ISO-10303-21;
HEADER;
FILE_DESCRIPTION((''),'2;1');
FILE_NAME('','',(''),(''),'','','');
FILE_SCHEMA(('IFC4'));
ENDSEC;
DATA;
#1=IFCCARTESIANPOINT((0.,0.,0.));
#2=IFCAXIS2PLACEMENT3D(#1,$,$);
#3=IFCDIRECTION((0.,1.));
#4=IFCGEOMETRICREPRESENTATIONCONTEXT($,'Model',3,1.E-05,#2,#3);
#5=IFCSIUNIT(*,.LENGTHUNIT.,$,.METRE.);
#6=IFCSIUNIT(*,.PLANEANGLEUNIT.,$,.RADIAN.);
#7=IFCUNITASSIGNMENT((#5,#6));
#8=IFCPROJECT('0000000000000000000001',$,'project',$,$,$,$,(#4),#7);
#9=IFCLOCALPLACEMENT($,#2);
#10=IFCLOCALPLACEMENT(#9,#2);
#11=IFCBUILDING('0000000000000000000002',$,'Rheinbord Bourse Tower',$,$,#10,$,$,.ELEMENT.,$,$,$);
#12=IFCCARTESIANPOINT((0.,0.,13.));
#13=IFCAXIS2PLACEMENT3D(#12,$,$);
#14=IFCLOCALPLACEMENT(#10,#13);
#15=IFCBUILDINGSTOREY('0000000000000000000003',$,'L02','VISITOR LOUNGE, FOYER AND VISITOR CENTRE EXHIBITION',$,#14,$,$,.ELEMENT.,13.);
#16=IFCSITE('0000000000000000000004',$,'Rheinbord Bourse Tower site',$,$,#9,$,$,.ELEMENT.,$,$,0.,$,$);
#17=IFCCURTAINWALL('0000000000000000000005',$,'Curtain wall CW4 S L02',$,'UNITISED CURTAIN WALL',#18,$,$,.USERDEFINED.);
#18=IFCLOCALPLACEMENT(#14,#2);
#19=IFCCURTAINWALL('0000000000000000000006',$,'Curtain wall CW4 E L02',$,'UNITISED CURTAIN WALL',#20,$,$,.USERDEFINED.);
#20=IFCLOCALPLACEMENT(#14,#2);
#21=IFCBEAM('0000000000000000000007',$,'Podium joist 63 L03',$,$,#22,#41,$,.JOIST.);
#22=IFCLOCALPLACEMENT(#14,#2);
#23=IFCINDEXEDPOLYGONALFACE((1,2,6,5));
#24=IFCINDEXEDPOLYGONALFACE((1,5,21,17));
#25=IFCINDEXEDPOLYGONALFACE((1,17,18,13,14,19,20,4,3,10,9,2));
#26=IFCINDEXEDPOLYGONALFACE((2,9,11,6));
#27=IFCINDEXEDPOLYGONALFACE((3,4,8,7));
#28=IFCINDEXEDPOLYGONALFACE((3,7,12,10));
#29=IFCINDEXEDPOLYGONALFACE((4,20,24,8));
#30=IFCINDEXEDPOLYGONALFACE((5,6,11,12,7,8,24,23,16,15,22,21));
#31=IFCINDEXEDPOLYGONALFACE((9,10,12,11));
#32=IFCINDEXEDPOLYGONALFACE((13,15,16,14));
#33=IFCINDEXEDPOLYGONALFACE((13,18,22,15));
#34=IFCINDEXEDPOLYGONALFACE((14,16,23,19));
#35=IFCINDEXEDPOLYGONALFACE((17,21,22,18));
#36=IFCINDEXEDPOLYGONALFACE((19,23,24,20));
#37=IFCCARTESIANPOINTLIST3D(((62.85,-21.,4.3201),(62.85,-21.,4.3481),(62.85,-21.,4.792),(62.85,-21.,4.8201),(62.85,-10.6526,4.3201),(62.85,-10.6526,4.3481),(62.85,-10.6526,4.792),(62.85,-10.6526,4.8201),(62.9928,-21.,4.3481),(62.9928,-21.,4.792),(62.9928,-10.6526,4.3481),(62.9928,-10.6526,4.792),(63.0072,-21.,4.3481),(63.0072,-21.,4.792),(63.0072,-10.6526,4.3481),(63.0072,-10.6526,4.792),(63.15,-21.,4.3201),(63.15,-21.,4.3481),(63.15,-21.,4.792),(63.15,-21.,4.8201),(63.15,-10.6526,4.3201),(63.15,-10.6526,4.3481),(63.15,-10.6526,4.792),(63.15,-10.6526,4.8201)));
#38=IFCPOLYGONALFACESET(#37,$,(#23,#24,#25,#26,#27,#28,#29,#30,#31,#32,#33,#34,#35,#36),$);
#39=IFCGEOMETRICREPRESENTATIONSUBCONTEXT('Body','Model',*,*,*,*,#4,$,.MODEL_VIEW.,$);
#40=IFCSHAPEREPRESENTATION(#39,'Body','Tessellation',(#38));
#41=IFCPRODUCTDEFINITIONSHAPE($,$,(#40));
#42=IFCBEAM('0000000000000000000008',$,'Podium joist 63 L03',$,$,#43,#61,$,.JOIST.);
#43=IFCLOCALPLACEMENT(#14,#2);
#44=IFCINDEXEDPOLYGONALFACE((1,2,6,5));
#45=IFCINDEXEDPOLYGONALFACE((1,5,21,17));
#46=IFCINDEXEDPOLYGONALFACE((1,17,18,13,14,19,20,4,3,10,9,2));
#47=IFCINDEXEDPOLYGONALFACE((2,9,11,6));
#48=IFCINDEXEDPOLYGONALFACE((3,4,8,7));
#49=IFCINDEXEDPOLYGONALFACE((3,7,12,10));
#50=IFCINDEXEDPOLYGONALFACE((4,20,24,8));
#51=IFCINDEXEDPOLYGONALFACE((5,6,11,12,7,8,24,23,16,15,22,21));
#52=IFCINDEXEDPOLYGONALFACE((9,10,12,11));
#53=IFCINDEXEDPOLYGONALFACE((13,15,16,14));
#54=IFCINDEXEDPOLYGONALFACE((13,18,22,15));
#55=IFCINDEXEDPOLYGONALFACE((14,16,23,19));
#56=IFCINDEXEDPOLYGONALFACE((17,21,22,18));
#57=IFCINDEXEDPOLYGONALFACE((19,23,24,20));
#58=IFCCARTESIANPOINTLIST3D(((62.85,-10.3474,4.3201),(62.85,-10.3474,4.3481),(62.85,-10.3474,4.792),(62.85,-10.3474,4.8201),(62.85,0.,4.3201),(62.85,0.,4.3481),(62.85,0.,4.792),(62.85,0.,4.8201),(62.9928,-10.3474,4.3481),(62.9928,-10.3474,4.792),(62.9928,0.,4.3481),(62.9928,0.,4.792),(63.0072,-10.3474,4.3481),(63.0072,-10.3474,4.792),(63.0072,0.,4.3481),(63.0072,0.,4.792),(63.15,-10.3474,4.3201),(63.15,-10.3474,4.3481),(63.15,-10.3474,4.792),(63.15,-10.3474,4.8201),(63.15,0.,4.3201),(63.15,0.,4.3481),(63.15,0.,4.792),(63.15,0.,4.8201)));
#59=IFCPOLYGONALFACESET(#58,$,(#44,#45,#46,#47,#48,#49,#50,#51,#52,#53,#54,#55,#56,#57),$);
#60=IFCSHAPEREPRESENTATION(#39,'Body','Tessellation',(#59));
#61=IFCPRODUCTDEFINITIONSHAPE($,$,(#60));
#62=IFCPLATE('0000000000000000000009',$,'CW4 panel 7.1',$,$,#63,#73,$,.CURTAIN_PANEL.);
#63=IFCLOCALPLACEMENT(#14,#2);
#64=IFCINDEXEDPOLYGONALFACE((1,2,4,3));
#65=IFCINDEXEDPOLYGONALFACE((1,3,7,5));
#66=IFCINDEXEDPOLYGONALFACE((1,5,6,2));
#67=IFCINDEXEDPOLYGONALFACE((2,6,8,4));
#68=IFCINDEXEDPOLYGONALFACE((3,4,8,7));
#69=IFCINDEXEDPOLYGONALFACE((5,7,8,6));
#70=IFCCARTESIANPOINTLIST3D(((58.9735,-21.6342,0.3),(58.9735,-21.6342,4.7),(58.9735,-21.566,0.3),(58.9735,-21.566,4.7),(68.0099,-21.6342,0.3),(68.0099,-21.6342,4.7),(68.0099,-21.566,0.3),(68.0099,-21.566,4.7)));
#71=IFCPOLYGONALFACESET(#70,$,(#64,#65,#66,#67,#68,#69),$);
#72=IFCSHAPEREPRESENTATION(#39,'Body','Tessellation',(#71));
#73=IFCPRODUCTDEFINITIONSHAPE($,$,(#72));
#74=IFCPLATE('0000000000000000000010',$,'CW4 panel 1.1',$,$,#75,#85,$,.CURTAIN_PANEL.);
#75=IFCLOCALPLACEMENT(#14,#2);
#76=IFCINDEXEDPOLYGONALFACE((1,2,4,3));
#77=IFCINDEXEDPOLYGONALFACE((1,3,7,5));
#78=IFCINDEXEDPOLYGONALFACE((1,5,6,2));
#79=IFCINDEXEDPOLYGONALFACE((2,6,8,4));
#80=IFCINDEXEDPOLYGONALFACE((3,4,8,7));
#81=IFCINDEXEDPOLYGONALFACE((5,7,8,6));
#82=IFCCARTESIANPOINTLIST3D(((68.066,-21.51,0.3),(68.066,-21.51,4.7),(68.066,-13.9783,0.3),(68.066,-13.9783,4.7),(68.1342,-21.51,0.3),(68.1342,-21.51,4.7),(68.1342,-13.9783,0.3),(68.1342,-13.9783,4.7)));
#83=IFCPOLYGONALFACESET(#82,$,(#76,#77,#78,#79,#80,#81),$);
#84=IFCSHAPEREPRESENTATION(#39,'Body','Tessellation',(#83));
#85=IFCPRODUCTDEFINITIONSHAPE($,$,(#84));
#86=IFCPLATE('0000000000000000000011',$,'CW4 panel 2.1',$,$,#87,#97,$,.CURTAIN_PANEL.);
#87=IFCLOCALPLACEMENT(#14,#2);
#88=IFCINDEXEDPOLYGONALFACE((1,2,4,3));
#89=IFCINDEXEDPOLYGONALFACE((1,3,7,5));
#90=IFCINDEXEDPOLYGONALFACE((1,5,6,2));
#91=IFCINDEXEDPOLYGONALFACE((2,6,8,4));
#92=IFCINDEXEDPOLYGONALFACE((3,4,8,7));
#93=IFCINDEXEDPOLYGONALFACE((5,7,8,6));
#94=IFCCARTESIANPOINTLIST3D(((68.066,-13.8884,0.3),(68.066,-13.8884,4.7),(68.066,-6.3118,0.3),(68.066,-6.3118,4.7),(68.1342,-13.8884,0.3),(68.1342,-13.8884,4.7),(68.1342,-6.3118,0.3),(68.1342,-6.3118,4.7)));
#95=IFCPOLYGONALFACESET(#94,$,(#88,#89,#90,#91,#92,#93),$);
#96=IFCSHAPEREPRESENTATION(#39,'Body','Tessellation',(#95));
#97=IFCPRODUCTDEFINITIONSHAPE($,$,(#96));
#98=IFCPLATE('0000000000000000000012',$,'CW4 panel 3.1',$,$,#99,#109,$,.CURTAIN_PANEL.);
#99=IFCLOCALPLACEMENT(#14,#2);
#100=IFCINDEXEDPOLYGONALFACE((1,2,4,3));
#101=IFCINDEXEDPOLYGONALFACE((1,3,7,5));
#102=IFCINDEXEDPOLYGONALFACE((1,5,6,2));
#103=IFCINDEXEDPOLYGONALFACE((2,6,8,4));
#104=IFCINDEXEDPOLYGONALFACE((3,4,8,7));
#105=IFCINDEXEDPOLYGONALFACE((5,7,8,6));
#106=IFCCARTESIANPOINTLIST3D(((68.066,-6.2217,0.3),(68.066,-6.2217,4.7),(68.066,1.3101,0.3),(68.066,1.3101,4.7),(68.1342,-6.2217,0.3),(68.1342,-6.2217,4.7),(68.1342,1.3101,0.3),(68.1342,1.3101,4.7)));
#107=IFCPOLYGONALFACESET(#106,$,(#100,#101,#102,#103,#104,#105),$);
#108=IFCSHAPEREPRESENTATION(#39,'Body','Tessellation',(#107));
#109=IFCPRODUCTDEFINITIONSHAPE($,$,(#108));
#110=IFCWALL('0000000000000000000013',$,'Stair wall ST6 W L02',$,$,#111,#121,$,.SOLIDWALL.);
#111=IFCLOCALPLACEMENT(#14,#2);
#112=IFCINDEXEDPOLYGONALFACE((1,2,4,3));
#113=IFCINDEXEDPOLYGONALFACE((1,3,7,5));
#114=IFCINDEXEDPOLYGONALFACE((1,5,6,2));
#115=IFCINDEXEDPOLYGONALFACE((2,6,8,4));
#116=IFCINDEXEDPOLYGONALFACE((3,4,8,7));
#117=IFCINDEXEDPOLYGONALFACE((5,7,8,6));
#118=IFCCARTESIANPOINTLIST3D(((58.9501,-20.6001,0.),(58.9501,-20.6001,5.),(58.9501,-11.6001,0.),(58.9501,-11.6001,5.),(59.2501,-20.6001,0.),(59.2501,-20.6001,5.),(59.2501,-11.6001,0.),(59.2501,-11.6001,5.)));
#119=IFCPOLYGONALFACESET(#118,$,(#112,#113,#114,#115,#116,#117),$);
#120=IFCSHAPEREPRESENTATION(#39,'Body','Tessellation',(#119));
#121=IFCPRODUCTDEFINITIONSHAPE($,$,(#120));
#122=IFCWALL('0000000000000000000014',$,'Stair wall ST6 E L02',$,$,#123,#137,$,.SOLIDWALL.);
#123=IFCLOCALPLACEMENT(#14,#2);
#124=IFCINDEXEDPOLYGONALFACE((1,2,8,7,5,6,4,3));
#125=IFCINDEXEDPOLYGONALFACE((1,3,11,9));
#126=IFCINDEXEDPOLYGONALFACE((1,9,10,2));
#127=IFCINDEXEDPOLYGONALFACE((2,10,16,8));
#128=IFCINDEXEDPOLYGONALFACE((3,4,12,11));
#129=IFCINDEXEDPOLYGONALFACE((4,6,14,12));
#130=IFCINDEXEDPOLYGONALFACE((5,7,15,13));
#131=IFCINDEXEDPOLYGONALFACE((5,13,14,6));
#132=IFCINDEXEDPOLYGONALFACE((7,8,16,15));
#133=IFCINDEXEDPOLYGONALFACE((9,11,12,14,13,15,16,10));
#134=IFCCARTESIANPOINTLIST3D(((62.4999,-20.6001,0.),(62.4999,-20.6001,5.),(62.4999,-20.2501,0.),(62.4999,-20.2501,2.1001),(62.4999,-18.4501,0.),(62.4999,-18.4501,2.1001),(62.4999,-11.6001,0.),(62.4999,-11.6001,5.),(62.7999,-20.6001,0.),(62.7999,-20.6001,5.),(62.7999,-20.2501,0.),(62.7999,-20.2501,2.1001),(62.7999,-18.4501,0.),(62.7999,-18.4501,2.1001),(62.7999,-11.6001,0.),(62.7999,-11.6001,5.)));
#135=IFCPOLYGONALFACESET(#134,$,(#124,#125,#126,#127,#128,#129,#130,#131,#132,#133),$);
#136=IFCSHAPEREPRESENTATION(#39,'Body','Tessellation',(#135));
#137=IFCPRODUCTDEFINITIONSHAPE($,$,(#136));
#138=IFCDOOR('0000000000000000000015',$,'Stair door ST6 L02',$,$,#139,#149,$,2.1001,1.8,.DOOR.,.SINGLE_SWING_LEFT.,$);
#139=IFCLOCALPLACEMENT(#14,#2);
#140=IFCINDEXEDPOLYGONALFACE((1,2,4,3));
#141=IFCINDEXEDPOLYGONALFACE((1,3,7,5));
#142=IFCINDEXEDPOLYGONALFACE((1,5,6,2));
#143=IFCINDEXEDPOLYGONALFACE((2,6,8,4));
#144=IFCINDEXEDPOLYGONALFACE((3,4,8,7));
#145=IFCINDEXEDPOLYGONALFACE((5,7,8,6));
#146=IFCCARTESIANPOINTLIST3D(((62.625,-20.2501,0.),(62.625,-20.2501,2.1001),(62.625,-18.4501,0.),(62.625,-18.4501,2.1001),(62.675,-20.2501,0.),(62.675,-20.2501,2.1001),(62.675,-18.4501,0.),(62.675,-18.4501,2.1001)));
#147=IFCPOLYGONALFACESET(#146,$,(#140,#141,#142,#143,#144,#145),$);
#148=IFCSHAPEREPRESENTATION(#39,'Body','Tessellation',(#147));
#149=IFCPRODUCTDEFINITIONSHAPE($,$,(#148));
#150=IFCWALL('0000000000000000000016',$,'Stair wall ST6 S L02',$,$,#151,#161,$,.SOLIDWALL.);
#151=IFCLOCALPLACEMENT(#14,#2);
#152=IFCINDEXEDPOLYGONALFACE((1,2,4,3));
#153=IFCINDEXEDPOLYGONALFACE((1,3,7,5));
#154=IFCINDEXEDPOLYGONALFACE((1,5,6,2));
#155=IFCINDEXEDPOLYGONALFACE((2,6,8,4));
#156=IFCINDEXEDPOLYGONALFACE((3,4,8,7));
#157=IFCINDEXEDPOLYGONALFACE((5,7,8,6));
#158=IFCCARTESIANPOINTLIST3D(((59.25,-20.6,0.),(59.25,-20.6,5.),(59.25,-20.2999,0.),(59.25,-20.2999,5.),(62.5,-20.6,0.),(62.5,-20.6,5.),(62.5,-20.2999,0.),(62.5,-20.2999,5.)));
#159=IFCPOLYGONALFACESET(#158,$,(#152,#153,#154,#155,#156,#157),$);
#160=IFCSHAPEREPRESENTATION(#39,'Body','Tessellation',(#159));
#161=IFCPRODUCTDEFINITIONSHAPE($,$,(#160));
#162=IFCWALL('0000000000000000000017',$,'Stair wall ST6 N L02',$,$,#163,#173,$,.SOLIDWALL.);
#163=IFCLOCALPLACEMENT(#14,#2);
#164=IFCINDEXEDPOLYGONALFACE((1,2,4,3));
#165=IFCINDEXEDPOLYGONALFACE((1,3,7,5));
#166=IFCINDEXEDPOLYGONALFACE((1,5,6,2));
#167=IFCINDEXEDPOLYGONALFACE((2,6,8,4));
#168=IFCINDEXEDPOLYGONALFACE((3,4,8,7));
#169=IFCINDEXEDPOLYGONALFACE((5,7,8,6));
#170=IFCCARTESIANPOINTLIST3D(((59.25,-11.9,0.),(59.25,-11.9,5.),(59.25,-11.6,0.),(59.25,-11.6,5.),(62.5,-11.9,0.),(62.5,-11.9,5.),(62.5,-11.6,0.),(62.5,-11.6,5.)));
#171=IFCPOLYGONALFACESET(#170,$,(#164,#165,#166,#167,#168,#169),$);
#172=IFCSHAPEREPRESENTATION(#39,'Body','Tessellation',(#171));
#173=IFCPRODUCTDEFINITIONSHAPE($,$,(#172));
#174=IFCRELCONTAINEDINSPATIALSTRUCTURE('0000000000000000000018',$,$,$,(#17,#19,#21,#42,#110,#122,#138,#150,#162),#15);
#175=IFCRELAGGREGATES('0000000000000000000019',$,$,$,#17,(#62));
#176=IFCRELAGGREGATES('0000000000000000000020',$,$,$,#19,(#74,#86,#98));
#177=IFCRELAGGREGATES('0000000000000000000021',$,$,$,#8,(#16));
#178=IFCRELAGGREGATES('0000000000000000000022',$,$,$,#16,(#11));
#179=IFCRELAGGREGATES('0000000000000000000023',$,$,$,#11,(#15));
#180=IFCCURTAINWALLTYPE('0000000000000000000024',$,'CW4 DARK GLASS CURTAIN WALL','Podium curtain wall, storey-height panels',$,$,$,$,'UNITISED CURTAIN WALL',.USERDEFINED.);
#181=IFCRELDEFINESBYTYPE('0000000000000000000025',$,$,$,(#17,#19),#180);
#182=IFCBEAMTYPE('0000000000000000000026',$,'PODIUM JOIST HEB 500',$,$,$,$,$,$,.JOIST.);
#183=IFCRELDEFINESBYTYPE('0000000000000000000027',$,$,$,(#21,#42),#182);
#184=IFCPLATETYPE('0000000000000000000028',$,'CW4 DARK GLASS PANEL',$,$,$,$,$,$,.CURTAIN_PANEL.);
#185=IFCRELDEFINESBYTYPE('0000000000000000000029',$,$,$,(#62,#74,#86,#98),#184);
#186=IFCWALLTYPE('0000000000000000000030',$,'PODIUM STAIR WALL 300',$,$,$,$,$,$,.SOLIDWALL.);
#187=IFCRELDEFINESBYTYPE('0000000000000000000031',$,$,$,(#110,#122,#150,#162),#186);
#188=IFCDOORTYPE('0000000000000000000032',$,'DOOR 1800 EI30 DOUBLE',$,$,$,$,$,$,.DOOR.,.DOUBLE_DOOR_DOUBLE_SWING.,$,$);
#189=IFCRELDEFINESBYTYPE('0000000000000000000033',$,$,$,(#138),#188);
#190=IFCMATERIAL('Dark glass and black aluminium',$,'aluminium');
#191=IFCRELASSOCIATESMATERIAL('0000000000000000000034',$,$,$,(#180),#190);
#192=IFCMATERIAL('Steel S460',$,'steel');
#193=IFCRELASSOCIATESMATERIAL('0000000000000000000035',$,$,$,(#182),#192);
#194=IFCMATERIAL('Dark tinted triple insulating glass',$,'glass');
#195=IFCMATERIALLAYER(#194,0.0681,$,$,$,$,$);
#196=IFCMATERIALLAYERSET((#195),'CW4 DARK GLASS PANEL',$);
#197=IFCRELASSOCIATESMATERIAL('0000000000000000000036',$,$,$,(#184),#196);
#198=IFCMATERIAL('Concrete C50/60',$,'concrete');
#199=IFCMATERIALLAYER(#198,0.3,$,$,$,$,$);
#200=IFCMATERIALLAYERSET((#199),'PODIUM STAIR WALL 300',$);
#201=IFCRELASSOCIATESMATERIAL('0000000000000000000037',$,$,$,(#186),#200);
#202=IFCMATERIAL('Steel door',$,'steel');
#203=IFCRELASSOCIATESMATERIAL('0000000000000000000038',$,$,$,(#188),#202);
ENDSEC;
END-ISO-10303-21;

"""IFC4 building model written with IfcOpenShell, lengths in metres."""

from ifc_helpers import new_model, si_unit, direction, frame, frame_2d, origin, origin_2d, place, context, subcontext, project, spatial, rectangle, i_section, extrude, material, layer, layer_set, material_profile, profile_set, type_object, element, fill, aggregate, save


model = new_model("IFC4")

# Units and contexts
model_context = context("Model", 3, precision=1e-05, world=origin(), true_north=direction((0.0, 1.0)))
body_context = subcontext(model_context, "Body", "Model", "MODEL_VIEW")
ifc_project = project(units=[si_unit("LENGTHUNIT", "METRE"), si_unit("PLANEANGLEUNIT", "RADIAN")], contexts=[model_context])

# Site, building, storey
site_placement = place(None, origin())
site = spatial("IfcSite", under=ifc_project, at=site_placement, Name="Rheinbord Bourse Tower site", CompositionType="ELEMENT", RefElevation=0.0)
building_placement = place(site_placement, origin())
building = spatial("IfcBuilding", under=site, at=building_placement, Name="Rheinbord Bourse Tower", CompositionType="ELEMENT")
storey_placement = place(building_placement, frame((0.0, 0.0, 13.0)))
storey = spatial("IfcBuildingStorey", under=building, at=storey_placement, Name="L02", Description="VISITOR LOUNGE, FOYER AND VISITOR CENTRE EXHIBITION", CompositionType="ELEMENT", Elevation=13.0)

# Curtain walls
ifc_material_1 = material(Name="Dark glass and black aluminium", Category="aluminium")
curtain_wall_type = type_object("IfcCurtainWallType", Name="CW4 DARK GLASS CURTAIN WALL", Description="Podium curtain wall, storey-height panels", ElementType="UNITISED CURTAIN WALL", PredefinedType="USERDEFINED", material=ifc_material_1)
curtain_wall_1_placement = place(storey_placement, origin())
curtain_wall_1 = element("IfcCurtainWall", 1, at=curtain_wall_1_placement, inside=storey, type_object=curtain_wall_type, Name="Curtain wall CW4 S L02", ObjectType="UNITISED CURTAIN WALL", PredefinedType="USERDEFINED")
curtain_wall_2_placement = place(storey_placement, origin())
curtain_wall_2 = element("IfcCurtainWall", 2, at=curtain_wall_2_placement, inside=storey, type_object=curtain_wall_type, Name="Curtain wall CW4 E L02", ObjectType="UNITISED CURTAIN WALL", PredefinedType="USERDEFINED")

# Beams
ifc_material_2 = material(Name="Steel S460", Category="steel")
ifc_material_profile_1 = material_profile(ifc_material_2, i_section(OverallWidth=0.3, OverallDepth=0.5, WebThickness=0.0144, FlangeThickness=0.0281, at=origin_2d()), Name="HEB 500")
ifc_profile_set_1 = profile_set([ifc_material_profile_1], Name="Steel S460")
beam_type_1 = type_object("IfcBeamType", Name="PODIUM JOIST HEB 500", PredefinedType="JOIST", material=ifc_profile_set_1)
for number, where, z_axis, x_axis, name in (
    (3, (63.0, -21.0, 4.5701), (0.0, 1.0, 0.0), (-1.0, 0.0, 0.0), "Podium joist 63 L03"),
    (4, (63.0, -10.3474, 4.5701), (0.0, 1.0, 0.0), (-1.0, 0.0, 0.0), "Podium joist 63 L03"),
):
    element("IfcBeam", number, at=place(storey_placement, frame(where, z_axis=z_axis, x_axis=x_axis)), inside=storey, type_object=beam_type_1, Name=name, PredefinedType="JOIST", context=body_context, shape_type="SweptSolid", body=[
        extrude(i_section(OverallWidth=0.3, OverallDepth=0.5, WebThickness=0.0144, FlangeThickness=0.0281, at=origin_2d()), origin(), (0.0, 0.0, 1.0), 10.3474),
    ])

# Plates
ifc_material_3 = material(Name="Dark tinted triple insulating glass", Category="glass")
ifc_layer_1 = layer(ifc_material_3, 0.0681)
ifc_layer_set_1 = layer_set([ifc_layer_1], Name="CW4 DARK GLASS PANEL")
plate_type = type_object("IfcPlateType", Name="CW4 DARK GLASS PANEL", PredefinedType="CURTAIN_PANEL", material=ifc_layer_set_1)
plate_1_placement = place(storey_placement, frame((63.4917, -21.6001, 0.3), z_axis=(0.0, 0.0, 1.0), x_axis=(1.0, 0.0, 0.0)))
plate_1 = element("IfcPlate", 5, at=plate_1_placement, type_object=plate_type, Name="CW4 panel 7.1", PredefinedType="CURTAIN_PANEL", context=body_context, shape_type="SweptSolid", body=[
    extrude(rectangle(XDim=9.0364, YDim=0.0681, at=origin_2d()), origin(), (0.0, 0.0, 1.0), 4.3999),
])
aggregate(curtain_wall_1, [plate_1])
plate_2_placement = place(storey_placement, frame((68.1001, -17.7441, 0.3), z_axis=(0.0, 0.0, 1.0), x_axis=(0.0, 1.0, 0.0)))
plate_2 = element("IfcPlate", 6, at=plate_2_placement, type_object=plate_type, Name="CW4 panel 1.1", PredefinedType="CURTAIN_PANEL", context=body_context, shape_type="SweptSolid", body=[
    extrude(rectangle(XDim=7.5317, YDim=0.0681, at=origin_2d()), origin(), (0.0, 0.0, 1.0), 4.3999),
])
plate_3_placement = place(storey_placement, frame((68.1001, -10.1001, 0.3), z_axis=(0.0, 0.0, 1.0), x_axis=(0.0, 1.0, 0.0)))
plate_3 = element("IfcPlate", 7, at=plate_3_placement, type_object=plate_type, Name="CW4 panel 2.1", PredefinedType="CURTAIN_PANEL", context=body_context, shape_type="SweptSolid", body=[
    extrude(rectangle(XDim=7.5767, YDim=0.0681, at=origin_2d()), origin(), (0.0, 0.0, 1.0), 4.3999),
])
plate_4_placement = place(storey_placement, frame((68.1001, -2.4558, 0.3), z_axis=(0.0, 0.0, 1.0), x_axis=(0.0, 1.0, 0.0)))
plate_4 = element("IfcPlate", 8, at=plate_4_placement, type_object=plate_type, Name="CW4 panel 3.1", PredefinedType="CURTAIN_PANEL", context=body_context, shape_type="SweptSolid", body=[
    extrude(rectangle(XDim=7.5317, YDim=0.0681, at=origin_2d()), origin(), (0.0, 0.0, 1.0), 4.3999),
])
aggregate(curtain_wall_2, [plate_2, plate_3, plate_4])

# Wall
ifc_material_4 = material(Name="Concrete C50/60", Category="concrete")
ifc_layer_2 = layer(ifc_material_4, 0.3)
ifc_layer_set_2 = layer_set([ifc_layer_2], Name="PODIUM STAIR WALL 300")
wall_type = type_object("IfcWallType", Name="PODIUM STAIR WALL 300", PredefinedType="SOLIDWALL", material=ifc_layer_set_2)
wall_1_placement = place(storey_placement, frame((59.1001, -20.6001, 0.0), z_axis=(0.0, 0.0, 1.0), x_axis=(0.0, 1.0, 0.0)))
element("IfcWall", 9, at=wall_1_placement, inside=storey, type_object=wall_type, Name="Stair wall ST6 W L02", PredefinedType="SOLIDWALL", context=body_context, shape_type="SweptSolid", body=[
    extrude(rectangle(XDim=9.0, YDim=0.3, at=frame_2d((4.5, 0.0))), origin(), (0.0, 0.0, 1.0), 5.0),
])

# Wall, opening, door
wall_2_placement = place(storey_placement, frame((62.6499, -20.6001, 0.0), z_axis=(0.0, 0.0, 1.0), x_axis=(0.0, 1.0, 0.0)))
wall_2 = element("IfcWall", 10, at=wall_2_placement, inside=storey, type_object=wall_type, Name="Stair wall ST6 E L02", PredefinedType="SOLIDWALL", context=body_context, shape_type="SweptSolid", body=[
    extrude(rectangle(XDim=9.0, YDim=0.3, at=frame_2d((4.5, 0.0))), origin(), (0.0, 0.0, 1.0), 5.0),
])
opening_placement = place(wall_2_placement, frame((0.3501, 0.0, 0.0)))
opening = element("IfcOpeningElement", 11, at=opening_placement, cuts=wall_2, PredefinedType="OPENING", context=body_context, shape_type="SweptSolid", body=[
    extrude(rectangle(XDim=1.8, YDim=2.1001, at=frame_2d((0.8999, 1.05))), frame((0.0, 0.1599, 0.0), z_axis=(0.0, -1.0, 0.0), x_axis=(1.0, 0.0, 0.0)), (0.0, 0.0, 1.0), 0.3201),
])
ifc_material_5 = material(Name="Steel door", Category="steel")
door_type = type_object("IfcDoorType", Name="DOOR 1800 EI30 DOUBLE", OperationType="DOUBLE_DOOR_DOUBLE_SWING", PredefinedType="DOOR", material=ifc_material_5)
door_placement = place(opening_placement, origin())
door = element("IfcDoor", 12, at=door_placement, inside=storey, type_object=door_type, Name="Stair door ST6 L02", OperationType="SINGLE_SWING_LEFT", OverallHeight=2.1001, OverallWidth=1.8, PredefinedType="DOOR", context=body_context, shape_type="SweptSolid", body=[
    extrude(rectangle(XDim=1.8, YDim=2.1001, at=frame_2d((0.8999, 1.05))), frame((0.0, 0.0249, 0.0), z_axis=(0.0, -1.0, 0.0), x_axis=(1.0, 0.0, 0.0)), (0.0, 0.0, 1.0), 0.05),
])
fill(opening, door)

# Walls
for number, where, z_axis, x_axis, name in (
    (13, (59.25, -20.45, 0.0), (0.0, 0.0, 1.0), (1.0, 0.0, 0.0), "Stair wall ST6 S L02"),
    (14, (59.25, -11.75, 0.0), (0.0, 0.0, 1.0), (1.0, 0.0, 0.0), "Stair wall ST6 N L02"),
):
    element("IfcWall", number, at=place(storey_placement, frame(where, z_axis=z_axis, x_axis=x_axis)), inside=storey, type_object=wall_type, Name=name, PredefinedType="SOLIDWALL", context=body_context, shape_type="SweptSolid", body=[
        extrude(rectangle(XDim=3.25, YDim=0.3, at=frame_2d((1.625, 0.0))), origin(), (0.0, 0.0, 1.0), 5.0),
    ])

save(model, "model.ifc")
